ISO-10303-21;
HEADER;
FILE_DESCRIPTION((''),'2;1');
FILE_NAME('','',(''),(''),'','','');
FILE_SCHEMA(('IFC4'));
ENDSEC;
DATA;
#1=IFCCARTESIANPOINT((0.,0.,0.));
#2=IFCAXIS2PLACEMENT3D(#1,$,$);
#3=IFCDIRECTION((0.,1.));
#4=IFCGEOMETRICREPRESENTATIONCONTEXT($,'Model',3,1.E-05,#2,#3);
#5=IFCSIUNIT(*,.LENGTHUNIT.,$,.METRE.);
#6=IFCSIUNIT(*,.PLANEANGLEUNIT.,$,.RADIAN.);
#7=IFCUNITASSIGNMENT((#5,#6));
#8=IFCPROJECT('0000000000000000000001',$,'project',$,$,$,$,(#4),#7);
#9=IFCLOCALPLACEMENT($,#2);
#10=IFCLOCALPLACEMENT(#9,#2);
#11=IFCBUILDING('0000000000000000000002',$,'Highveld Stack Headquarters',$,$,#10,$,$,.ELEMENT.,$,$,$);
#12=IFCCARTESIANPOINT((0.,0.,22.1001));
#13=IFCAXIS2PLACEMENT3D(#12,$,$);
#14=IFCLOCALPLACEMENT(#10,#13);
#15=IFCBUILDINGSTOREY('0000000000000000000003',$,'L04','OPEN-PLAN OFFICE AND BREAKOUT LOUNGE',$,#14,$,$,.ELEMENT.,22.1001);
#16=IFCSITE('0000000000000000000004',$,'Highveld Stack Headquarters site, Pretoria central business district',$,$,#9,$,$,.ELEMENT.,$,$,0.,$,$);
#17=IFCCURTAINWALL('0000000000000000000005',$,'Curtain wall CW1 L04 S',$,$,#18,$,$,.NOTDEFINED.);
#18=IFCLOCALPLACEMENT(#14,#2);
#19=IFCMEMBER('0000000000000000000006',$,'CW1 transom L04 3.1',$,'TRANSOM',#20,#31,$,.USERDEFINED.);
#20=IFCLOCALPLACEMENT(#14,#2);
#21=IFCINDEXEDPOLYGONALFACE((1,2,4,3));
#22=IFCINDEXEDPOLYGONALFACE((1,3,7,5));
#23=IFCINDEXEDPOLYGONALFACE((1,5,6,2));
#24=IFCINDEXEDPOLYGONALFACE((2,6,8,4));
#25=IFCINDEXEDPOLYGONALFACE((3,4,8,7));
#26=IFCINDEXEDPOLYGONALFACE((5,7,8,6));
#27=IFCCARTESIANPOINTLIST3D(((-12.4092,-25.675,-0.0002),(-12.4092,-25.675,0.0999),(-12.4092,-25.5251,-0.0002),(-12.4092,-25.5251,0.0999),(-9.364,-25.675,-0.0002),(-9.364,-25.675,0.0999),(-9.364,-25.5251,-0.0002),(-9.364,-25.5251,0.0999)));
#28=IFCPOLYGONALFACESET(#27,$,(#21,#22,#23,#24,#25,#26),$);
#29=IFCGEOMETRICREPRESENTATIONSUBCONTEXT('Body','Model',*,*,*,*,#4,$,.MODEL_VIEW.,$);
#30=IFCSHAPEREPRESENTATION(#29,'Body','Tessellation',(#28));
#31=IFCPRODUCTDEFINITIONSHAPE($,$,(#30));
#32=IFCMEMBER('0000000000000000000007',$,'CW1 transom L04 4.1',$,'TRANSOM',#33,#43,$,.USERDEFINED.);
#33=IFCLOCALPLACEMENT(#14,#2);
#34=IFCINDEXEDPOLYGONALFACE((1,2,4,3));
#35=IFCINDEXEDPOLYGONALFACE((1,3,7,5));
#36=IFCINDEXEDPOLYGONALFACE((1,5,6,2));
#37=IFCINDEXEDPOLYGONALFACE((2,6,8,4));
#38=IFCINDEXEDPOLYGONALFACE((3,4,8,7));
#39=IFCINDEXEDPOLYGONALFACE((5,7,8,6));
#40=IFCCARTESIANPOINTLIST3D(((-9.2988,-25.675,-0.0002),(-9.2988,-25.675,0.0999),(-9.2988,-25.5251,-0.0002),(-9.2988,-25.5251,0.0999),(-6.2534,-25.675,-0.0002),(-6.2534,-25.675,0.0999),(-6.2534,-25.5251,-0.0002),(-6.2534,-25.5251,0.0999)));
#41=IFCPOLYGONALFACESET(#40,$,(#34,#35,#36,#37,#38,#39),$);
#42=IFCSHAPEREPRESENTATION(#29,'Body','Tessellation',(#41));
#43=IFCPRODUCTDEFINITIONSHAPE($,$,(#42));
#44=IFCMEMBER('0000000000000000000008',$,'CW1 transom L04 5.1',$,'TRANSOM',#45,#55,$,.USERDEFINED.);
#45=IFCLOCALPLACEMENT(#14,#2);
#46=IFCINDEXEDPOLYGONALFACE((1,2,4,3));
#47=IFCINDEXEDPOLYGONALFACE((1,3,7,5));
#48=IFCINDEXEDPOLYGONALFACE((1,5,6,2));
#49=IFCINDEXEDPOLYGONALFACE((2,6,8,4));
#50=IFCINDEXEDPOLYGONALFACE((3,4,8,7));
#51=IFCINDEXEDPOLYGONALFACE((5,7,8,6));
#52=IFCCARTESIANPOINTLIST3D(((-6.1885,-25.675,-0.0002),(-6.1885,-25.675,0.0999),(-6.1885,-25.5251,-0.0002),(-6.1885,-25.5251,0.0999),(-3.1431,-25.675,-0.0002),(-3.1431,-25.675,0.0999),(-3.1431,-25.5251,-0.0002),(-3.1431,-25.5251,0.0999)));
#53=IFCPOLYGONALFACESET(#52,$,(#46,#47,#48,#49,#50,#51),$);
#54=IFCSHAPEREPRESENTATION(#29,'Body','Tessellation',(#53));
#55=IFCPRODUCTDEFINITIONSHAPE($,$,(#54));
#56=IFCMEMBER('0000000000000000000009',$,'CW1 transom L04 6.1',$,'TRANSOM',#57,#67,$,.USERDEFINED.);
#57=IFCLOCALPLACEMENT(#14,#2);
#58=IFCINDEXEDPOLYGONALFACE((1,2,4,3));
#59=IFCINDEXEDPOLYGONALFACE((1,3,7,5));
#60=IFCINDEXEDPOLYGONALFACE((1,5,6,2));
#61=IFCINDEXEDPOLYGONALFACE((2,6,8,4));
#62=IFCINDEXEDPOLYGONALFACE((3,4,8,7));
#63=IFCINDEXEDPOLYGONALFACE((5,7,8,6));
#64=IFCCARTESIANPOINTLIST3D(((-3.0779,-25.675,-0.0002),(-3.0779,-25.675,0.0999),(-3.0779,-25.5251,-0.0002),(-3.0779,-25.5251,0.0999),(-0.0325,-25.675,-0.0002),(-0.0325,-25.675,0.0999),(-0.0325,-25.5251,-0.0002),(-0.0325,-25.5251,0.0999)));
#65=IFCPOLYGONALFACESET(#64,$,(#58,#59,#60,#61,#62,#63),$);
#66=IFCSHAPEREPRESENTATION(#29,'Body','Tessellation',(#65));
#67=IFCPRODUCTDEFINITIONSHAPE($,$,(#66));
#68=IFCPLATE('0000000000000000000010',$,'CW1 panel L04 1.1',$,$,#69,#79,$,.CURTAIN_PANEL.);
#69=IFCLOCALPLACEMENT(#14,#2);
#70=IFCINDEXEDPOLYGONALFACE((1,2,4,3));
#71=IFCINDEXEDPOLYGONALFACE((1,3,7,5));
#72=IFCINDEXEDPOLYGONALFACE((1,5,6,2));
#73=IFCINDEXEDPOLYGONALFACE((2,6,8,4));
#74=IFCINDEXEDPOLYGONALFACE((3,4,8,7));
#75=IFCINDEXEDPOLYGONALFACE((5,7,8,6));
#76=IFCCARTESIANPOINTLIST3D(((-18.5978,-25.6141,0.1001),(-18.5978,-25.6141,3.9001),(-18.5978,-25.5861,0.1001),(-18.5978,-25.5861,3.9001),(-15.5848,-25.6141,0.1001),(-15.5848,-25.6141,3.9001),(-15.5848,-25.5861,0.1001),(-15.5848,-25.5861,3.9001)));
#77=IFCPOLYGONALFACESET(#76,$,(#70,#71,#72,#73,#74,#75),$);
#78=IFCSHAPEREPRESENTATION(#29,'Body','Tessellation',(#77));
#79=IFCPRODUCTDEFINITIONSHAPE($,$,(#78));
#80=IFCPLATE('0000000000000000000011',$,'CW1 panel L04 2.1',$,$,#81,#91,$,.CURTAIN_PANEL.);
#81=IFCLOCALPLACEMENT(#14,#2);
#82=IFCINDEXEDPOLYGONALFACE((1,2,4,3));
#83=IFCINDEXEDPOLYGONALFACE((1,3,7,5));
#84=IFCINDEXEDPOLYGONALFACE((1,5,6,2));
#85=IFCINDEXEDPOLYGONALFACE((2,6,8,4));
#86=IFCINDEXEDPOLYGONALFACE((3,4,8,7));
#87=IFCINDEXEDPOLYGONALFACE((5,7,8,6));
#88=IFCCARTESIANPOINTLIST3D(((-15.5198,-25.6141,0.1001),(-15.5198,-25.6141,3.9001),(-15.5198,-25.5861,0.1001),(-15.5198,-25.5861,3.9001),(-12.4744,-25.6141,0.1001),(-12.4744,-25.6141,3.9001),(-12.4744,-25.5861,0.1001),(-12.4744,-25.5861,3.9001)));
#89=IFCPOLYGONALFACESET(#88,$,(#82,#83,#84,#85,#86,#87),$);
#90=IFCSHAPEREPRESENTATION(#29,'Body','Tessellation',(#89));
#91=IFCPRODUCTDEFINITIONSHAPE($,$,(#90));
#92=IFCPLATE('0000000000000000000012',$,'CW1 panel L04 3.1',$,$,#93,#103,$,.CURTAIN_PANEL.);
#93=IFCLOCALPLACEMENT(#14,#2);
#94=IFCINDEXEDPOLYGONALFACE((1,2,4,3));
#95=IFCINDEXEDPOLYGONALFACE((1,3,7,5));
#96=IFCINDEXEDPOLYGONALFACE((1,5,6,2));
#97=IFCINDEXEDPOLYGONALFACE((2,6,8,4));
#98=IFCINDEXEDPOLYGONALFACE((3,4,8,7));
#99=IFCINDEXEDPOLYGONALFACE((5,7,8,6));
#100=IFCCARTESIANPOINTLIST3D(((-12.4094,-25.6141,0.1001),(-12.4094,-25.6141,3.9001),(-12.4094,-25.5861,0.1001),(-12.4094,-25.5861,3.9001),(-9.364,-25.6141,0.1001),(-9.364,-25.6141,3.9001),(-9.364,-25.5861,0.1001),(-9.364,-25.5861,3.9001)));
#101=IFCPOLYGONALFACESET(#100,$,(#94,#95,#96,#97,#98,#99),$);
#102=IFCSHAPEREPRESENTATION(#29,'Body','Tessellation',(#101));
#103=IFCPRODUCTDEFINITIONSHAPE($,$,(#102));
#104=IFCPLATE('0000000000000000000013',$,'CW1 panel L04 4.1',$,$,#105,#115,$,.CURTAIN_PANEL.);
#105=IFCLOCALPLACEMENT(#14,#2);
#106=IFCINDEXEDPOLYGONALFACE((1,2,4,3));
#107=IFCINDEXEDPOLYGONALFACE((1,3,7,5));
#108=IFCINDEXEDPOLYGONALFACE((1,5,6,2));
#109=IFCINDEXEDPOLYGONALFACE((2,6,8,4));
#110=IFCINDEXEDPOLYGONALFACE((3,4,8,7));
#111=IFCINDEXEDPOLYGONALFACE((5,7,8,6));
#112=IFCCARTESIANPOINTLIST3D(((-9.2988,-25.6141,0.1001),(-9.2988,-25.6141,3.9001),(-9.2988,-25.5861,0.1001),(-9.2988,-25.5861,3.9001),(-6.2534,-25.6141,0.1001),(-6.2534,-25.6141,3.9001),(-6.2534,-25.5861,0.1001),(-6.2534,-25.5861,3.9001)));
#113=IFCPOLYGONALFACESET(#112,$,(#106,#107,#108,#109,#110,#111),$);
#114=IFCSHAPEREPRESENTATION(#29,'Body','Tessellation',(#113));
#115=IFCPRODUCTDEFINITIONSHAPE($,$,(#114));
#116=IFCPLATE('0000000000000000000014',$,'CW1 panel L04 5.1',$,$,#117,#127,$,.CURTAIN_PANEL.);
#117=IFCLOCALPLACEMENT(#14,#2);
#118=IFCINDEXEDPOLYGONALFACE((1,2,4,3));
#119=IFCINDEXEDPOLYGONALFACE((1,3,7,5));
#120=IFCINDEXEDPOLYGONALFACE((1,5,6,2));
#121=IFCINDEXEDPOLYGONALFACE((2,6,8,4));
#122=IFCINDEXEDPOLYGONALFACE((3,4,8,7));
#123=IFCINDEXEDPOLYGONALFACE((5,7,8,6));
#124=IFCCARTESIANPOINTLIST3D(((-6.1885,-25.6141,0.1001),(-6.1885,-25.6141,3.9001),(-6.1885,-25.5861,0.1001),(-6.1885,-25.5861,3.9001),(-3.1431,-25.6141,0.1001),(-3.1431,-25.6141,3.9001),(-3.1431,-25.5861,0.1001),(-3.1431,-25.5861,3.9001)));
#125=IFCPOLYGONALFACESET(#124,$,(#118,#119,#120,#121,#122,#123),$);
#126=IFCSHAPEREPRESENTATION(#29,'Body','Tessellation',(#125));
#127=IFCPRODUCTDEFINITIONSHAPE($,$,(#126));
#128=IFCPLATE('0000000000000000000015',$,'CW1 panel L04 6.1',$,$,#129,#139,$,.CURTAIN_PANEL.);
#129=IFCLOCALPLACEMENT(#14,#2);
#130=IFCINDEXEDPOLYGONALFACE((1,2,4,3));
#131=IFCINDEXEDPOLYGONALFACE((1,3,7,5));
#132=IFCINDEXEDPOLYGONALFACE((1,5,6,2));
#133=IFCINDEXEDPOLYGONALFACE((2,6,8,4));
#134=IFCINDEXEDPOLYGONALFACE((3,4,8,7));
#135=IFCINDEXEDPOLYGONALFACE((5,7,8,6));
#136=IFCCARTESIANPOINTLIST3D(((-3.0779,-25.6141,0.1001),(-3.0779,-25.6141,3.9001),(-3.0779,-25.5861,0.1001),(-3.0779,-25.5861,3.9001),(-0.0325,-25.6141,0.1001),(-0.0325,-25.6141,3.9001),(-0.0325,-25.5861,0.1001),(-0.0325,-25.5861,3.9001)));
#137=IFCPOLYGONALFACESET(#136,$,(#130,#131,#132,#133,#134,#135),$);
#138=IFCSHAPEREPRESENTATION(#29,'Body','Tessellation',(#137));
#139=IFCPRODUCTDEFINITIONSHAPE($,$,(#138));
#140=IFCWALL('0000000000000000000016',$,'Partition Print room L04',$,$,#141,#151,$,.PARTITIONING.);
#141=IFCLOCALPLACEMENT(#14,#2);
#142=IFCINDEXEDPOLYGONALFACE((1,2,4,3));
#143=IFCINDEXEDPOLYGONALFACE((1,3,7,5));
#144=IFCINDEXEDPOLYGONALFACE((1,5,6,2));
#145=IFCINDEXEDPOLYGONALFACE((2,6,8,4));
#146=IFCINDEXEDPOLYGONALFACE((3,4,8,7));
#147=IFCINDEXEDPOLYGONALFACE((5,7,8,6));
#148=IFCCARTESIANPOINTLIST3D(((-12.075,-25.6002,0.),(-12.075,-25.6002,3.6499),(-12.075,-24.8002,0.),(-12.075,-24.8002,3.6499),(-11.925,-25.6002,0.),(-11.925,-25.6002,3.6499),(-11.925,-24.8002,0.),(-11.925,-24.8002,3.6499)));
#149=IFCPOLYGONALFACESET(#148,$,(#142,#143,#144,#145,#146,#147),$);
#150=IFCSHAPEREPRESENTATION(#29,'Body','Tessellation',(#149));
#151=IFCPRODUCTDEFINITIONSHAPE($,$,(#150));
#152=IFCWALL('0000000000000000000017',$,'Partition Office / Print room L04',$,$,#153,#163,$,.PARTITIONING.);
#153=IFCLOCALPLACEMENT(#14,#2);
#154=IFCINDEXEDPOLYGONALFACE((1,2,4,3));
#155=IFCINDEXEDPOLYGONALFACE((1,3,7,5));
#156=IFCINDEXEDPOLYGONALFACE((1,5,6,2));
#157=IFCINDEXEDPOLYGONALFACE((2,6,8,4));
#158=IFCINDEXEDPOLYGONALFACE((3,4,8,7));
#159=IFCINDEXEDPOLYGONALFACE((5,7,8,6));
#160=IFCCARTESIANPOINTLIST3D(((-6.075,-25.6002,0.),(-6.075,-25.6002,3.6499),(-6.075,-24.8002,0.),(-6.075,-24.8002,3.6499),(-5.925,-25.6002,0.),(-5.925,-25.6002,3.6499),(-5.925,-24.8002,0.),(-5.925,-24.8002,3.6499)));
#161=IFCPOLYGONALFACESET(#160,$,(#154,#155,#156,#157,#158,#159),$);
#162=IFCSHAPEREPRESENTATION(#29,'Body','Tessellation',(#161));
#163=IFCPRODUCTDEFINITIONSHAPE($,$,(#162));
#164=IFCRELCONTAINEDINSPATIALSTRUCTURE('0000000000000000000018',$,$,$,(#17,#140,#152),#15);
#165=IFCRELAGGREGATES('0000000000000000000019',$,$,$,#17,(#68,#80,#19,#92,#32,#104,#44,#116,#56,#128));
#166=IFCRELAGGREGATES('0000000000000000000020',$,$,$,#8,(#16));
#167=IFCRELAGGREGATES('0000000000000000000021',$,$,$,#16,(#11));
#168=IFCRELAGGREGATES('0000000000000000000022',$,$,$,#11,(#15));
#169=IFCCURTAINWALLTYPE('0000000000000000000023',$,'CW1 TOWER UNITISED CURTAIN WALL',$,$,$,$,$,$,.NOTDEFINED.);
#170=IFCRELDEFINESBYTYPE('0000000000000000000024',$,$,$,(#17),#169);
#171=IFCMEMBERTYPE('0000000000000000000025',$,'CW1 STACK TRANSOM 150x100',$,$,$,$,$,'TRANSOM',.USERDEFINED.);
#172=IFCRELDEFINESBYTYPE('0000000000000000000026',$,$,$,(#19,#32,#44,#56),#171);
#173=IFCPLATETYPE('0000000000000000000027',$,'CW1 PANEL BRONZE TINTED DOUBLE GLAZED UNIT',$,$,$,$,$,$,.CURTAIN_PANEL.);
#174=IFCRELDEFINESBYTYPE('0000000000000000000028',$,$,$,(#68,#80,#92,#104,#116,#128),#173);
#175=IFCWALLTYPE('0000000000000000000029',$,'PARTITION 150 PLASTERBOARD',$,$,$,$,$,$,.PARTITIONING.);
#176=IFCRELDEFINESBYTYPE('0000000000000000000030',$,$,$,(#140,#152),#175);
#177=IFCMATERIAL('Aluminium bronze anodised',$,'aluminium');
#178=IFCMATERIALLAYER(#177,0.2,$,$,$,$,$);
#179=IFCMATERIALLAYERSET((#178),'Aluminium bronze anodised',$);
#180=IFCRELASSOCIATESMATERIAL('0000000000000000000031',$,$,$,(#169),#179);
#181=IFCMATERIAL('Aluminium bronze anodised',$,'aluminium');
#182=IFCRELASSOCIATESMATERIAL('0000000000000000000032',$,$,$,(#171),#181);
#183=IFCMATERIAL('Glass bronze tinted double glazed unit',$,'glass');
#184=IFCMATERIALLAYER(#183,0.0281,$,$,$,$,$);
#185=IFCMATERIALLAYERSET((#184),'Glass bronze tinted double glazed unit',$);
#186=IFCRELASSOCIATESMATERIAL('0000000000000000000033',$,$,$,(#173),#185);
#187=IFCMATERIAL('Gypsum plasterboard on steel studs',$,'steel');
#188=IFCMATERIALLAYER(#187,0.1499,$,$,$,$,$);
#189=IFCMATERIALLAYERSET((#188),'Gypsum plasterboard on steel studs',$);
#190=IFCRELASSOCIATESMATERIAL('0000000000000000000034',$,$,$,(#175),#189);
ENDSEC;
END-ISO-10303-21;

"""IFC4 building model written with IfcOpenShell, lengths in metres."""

from ifc_helpers import new_model, si_unit, direction, frame, frame_2d, origin, origin_2d, place, context, subcontext, project, spatial, rectangle, extrude, material, layer, layer_set, material_profile, profile_set, type_object, element, aggregate, save


model = new_model("IFC4")

# Units and contexts
model_context = context("Model", 3, precision=1e-05, world=origin(), true_north=direction((0.0, 1.0)))
body_context = subcontext(model_context, "Body", "Model", "MODEL_VIEW")
ifc_project = project(units=[si_unit("LENGTHUNIT", "METRE"), si_unit("PLANEANGLEUNIT", "RADIAN")], contexts=[model_context])

# Site, building, storey
site_placement = place(None, origin())
site = spatial("IfcSite", under=ifc_project, at=site_placement, Name="Highveld Stack Headquarters site, Pretoria central business district", CompositionType="ELEMENT", RefElevation=0.0)
building_placement = place(site_placement, origin())
building = spatial("IfcBuilding", under=site, at=building_placement, Name="Highveld Stack Headquarters", CompositionType="ELEMENT")
storey_placement = place(building_placement, frame((0.0, 0.0, 22.1001)))
storey = spatial("IfcBuildingStorey", under=building, at=storey_placement, Name="L04", Description="OPEN-PLAN OFFICE AND BREAKOUT LOUNGE", CompositionType="ELEMENT", Elevation=22.1001)

# Curtain wall, members, plates
ifc_material_1 = material(Name="Aluminium bronze anodised", Category="aluminium")
ifc_layer_1 = layer(ifc_material_1, 0.2)
ifc_layer_set_1 = layer_set([ifc_layer_1], Name="Aluminium bronze anodised")
curtain_wall_type = type_object("IfcCurtainWallType", Name="CW1 TOWER UNITISED CURTAIN WALL", PredefinedType="NOTDEFINED", material=ifc_layer_set_1)
curtain_wall_placement = place(storey_placement, origin())
curtain_wall = element("IfcCurtainWall", 1, at=curtain_wall_placement, inside=storey, type_object=curtain_wall_type, Name="Curtain wall CW1 L04 S", PredefinedType="NOTDEFINED")
ifc_material_2 = material(Name="Aluminium bronze anodised", Category="aluminium")
ifc_material_profile_1 = material_profile(ifc_material_2, rectangle(XDim=0.1499, YDim=0.1001, at=origin_2d()), Name="CW1 TRANSOM 150x100")
ifc_profile_set_1 = profile_set([ifc_material_profile_1], Name="Aluminium bronze anodised")
member_type_1 = type_object("IfcMemberType", Name="CW1 STACK TRANSOM 150x100", ElementType="TRANSOM", PredefinedType="USERDEFINED", material=ifc_profile_set_1)
member_1_placement = place(storey_placement, frame((-12.4092, -25.6001, 0.0498), z_axis=(1.0, 0.0, 0.0), x_axis=(0.0, 1.0, 0.0)))
member_1 = element("IfcMember", 2, at=member_1_placement, type_object=member_type_1, Name="CW1 transom L04 3.1", ObjectType="TRANSOM", PredefinedType="USERDEFINED", context=body_context, shape_type="SweptSolid", body=[
    extrude(rectangle(XDim=0.1499, YDim=0.1001, at=origin_2d()), origin(), (0.0, 0.0, 1.0), 3.0452),
])
member_2_placement = place(storey_placement, frame((-9.2988, -25.6001, 0.0498), z_axis=(1.0, 0.0, 0.0), x_axis=(0.0, 1.0, 0.0)))
member_2 = element("IfcMember", 3, at=member_2_placement, type_object=member_type_1, Name="CW1 transom L04 4.1", ObjectType="TRANSOM", PredefinedType="USERDEFINED", context=body_context, shape_type="SweptSolid", body=[
    extrude(rectangle(XDim=0.1499, YDim=0.1001, at=origin_2d()), origin(), (0.0, 0.0, 1.0), 3.0454),
])
member_3_placement = place(storey_placement, frame((-6.1885, -25.6001, 0.0498), z_axis=(1.0, 0.0, 0.0), x_axis=(0.0, 1.0, 0.0)))
member_3 = element("IfcMember", 4, at=member_3_placement, type_object=member_type_1, Name="CW1 transom L04 5.1", ObjectType="TRANSOM", PredefinedType="USERDEFINED", context=body_context, shape_type="SweptSolid", body=[
    extrude(rectangle(XDim=0.1499, YDim=0.1001, at=origin_2d()), origin(), (0.0, 0.0, 1.0), 3.0454),
])
member_4_placement = place(storey_placement, frame((-3.0779, -25.6001, 0.0498), z_axis=(1.0, 0.0, 0.0), x_axis=(0.0, 1.0, 0.0)))
member_4 = element("IfcMember", 5, at=member_4_placement, type_object=member_type_1, Name="CW1 transom L04 6.1", ObjectType="TRANSOM", PredefinedType="USERDEFINED", context=body_context, shape_type="SweptSolid", body=[
    extrude(rectangle(XDim=0.1499, YDim=0.1001, at=origin_2d()), origin(), (0.0, 0.0, 1.0), 3.0454),
])
ifc_material_3 = material(Name="Glass bronze tinted double glazed unit", Category="glass")
ifc_layer_2 = layer(ifc_material_3, 0.0281)
ifc_layer_set_2 = layer_set([ifc_layer_2], Name="Glass bronze tinted double glazed unit")
plate_type = type_object("IfcPlateType", Name="CW1 PANEL BRONZE TINTED DOUBLE GLAZED UNIT", PredefinedType="CURTAIN_PANEL", material=ifc_layer_set_2)
plate_1_placement = place(storey_placement, frame((-17.0913, -25.6001, 0.1001), z_axis=(0.0, 0.0, 1.0), x_axis=(1.0, 0.0, 0.0)))
plate_1 = element("IfcPlate", 6, at=plate_1_placement, type_object=plate_type, Name="CW1 panel L04 1.1", PredefinedType="CURTAIN_PANEL", context=body_context, shape_type="SweptSolid", body=[
    extrude(rectangle(XDim=3.0129, YDim=0.0281, at=origin_2d()), origin(), (0.0, 0.0, 1.0), 3.8),
])
plate_2_placement = place(storey_placement, frame((-13.9971, -25.6001, 0.1001), z_axis=(0.0, 0.0, 1.0), x_axis=(1.0, 0.0, 0.0)))
plate_2 = element("IfcPlate", 7, at=plate_2_placement, type_object=plate_type, Name="CW1 panel L04 2.1", PredefinedType="CURTAIN_PANEL", context=body_context, shape_type="SweptSolid", body=[
    extrude(rectangle(XDim=3.0454, YDim=0.0281, at=origin_2d()), origin(), (0.0, 0.0, 1.0), 3.8),
])
plate_3_placement = place(storey_placement, frame((-10.8867, -25.6001, 0.1001), z_axis=(0.0, 0.0, 1.0), x_axis=(1.0, 0.0, 0.0)))
plate_3 = element("IfcPlate", 8, at=plate_3_placement, type_object=plate_type, Name="CW1 panel L04 3.1", PredefinedType="CURTAIN_PANEL", context=body_context, shape_type="SweptSolid", body=[
    extrude(rectangle(XDim=3.0454, YDim=0.0281, at=origin_2d()), origin(), (0.0, 0.0, 1.0), 3.8),
])
plate_4_placement = place(storey_placement, frame((-7.7761, -25.6001, 0.1001), z_axis=(0.0, 0.0, 1.0), x_axis=(1.0, 0.0, 0.0)))
plate_4 = element("IfcPlate", 9, at=plate_4_placement, type_object=plate_type, Name="CW1 panel L04 4.1", PredefinedType="CURTAIN_PANEL", context=body_context, shape_type="SweptSolid", body=[
    extrude(rectangle(XDim=3.0454, YDim=0.0281, at=origin_2d()), origin(), (0.0, 0.0, 1.0), 3.8),
])
plate_5_placement = place(storey_placement, frame((-4.6658, -25.6001, 0.1001), z_axis=(0.0, 0.0, 1.0), x_axis=(1.0, 0.0, 0.0)))
plate_5 = element("IfcPlate", 10, at=plate_5_placement, type_object=plate_type, Name="CW1 panel L04 5.1", PredefinedType="CURTAIN_PANEL", context=body_context, shape_type="SweptSolid", body=[
    extrude(rectangle(XDim=3.0454, YDim=0.0281, at=origin_2d()), origin(), (0.0, 0.0, 1.0), 3.8),
])
plate_6_placement = place(storey_placement, frame((-1.5552, -25.6001, 0.1001), z_axis=(0.0, 0.0, 1.0), x_axis=(1.0, 0.0, 0.0)))
plate_6 = element("IfcPlate", 11, at=plate_6_placement, type_object=plate_type, Name="CW1 panel L04 6.1", PredefinedType="CURTAIN_PANEL", context=body_context, shape_type="SweptSolid", body=[
    extrude(rectangle(XDim=3.0454, YDim=0.0281, at=origin_2d()), origin(), (0.0, 0.0, 1.0), 3.8),
])
aggregate(curtain_wall, [plate_1, plate_2, member_1, plate_3, member_2, plate_4, member_3, plate_5, member_4, plate_6])

# Walls
ifc_material_4 = material(Name="Gypsum plasterboard on steel studs", Category="steel")
ifc_layer_3 = layer(ifc_material_4, 0.1499)
ifc_layer_set_3 = layer_set([ifc_layer_3], Name="Gypsum plasterboard on steel studs")
wall_type = type_object("IfcWallType", Name="PARTITION 150 PLASTERBOARD", PredefinedType="PARTITIONING", material=ifc_layer_set_3)
for number, where, z_axis, x_axis, name in (
    (12, (-12.0, -25.6001, 0.0), (0.0, 0.0, 1.0), (0.0, 1.0, 0.0), "Partition Print room L04"),
    (13, (-6.0, -25.6001, 0.0), (0.0, 0.0, 1.0), (0.0, 1.0, 0.0), "Partition Office / Print room L04"),
):
    element("IfcWall", number, at=place(storey_placement, frame(where, z_axis=z_axis, x_axis=x_axis)), inside=storey, type_object=wall_type, Name=name, PredefinedType="PARTITIONING", context=body_context, shape_type="SweptSolid", body=[
        extrude(rectangle(XDim=0.8, YDim=0.1499, at=frame_2d((0.3999, 0.0))), origin(), (0.0, 0.0, 1.0), 3.6499),
    ])

save(model, "model.ifc")
